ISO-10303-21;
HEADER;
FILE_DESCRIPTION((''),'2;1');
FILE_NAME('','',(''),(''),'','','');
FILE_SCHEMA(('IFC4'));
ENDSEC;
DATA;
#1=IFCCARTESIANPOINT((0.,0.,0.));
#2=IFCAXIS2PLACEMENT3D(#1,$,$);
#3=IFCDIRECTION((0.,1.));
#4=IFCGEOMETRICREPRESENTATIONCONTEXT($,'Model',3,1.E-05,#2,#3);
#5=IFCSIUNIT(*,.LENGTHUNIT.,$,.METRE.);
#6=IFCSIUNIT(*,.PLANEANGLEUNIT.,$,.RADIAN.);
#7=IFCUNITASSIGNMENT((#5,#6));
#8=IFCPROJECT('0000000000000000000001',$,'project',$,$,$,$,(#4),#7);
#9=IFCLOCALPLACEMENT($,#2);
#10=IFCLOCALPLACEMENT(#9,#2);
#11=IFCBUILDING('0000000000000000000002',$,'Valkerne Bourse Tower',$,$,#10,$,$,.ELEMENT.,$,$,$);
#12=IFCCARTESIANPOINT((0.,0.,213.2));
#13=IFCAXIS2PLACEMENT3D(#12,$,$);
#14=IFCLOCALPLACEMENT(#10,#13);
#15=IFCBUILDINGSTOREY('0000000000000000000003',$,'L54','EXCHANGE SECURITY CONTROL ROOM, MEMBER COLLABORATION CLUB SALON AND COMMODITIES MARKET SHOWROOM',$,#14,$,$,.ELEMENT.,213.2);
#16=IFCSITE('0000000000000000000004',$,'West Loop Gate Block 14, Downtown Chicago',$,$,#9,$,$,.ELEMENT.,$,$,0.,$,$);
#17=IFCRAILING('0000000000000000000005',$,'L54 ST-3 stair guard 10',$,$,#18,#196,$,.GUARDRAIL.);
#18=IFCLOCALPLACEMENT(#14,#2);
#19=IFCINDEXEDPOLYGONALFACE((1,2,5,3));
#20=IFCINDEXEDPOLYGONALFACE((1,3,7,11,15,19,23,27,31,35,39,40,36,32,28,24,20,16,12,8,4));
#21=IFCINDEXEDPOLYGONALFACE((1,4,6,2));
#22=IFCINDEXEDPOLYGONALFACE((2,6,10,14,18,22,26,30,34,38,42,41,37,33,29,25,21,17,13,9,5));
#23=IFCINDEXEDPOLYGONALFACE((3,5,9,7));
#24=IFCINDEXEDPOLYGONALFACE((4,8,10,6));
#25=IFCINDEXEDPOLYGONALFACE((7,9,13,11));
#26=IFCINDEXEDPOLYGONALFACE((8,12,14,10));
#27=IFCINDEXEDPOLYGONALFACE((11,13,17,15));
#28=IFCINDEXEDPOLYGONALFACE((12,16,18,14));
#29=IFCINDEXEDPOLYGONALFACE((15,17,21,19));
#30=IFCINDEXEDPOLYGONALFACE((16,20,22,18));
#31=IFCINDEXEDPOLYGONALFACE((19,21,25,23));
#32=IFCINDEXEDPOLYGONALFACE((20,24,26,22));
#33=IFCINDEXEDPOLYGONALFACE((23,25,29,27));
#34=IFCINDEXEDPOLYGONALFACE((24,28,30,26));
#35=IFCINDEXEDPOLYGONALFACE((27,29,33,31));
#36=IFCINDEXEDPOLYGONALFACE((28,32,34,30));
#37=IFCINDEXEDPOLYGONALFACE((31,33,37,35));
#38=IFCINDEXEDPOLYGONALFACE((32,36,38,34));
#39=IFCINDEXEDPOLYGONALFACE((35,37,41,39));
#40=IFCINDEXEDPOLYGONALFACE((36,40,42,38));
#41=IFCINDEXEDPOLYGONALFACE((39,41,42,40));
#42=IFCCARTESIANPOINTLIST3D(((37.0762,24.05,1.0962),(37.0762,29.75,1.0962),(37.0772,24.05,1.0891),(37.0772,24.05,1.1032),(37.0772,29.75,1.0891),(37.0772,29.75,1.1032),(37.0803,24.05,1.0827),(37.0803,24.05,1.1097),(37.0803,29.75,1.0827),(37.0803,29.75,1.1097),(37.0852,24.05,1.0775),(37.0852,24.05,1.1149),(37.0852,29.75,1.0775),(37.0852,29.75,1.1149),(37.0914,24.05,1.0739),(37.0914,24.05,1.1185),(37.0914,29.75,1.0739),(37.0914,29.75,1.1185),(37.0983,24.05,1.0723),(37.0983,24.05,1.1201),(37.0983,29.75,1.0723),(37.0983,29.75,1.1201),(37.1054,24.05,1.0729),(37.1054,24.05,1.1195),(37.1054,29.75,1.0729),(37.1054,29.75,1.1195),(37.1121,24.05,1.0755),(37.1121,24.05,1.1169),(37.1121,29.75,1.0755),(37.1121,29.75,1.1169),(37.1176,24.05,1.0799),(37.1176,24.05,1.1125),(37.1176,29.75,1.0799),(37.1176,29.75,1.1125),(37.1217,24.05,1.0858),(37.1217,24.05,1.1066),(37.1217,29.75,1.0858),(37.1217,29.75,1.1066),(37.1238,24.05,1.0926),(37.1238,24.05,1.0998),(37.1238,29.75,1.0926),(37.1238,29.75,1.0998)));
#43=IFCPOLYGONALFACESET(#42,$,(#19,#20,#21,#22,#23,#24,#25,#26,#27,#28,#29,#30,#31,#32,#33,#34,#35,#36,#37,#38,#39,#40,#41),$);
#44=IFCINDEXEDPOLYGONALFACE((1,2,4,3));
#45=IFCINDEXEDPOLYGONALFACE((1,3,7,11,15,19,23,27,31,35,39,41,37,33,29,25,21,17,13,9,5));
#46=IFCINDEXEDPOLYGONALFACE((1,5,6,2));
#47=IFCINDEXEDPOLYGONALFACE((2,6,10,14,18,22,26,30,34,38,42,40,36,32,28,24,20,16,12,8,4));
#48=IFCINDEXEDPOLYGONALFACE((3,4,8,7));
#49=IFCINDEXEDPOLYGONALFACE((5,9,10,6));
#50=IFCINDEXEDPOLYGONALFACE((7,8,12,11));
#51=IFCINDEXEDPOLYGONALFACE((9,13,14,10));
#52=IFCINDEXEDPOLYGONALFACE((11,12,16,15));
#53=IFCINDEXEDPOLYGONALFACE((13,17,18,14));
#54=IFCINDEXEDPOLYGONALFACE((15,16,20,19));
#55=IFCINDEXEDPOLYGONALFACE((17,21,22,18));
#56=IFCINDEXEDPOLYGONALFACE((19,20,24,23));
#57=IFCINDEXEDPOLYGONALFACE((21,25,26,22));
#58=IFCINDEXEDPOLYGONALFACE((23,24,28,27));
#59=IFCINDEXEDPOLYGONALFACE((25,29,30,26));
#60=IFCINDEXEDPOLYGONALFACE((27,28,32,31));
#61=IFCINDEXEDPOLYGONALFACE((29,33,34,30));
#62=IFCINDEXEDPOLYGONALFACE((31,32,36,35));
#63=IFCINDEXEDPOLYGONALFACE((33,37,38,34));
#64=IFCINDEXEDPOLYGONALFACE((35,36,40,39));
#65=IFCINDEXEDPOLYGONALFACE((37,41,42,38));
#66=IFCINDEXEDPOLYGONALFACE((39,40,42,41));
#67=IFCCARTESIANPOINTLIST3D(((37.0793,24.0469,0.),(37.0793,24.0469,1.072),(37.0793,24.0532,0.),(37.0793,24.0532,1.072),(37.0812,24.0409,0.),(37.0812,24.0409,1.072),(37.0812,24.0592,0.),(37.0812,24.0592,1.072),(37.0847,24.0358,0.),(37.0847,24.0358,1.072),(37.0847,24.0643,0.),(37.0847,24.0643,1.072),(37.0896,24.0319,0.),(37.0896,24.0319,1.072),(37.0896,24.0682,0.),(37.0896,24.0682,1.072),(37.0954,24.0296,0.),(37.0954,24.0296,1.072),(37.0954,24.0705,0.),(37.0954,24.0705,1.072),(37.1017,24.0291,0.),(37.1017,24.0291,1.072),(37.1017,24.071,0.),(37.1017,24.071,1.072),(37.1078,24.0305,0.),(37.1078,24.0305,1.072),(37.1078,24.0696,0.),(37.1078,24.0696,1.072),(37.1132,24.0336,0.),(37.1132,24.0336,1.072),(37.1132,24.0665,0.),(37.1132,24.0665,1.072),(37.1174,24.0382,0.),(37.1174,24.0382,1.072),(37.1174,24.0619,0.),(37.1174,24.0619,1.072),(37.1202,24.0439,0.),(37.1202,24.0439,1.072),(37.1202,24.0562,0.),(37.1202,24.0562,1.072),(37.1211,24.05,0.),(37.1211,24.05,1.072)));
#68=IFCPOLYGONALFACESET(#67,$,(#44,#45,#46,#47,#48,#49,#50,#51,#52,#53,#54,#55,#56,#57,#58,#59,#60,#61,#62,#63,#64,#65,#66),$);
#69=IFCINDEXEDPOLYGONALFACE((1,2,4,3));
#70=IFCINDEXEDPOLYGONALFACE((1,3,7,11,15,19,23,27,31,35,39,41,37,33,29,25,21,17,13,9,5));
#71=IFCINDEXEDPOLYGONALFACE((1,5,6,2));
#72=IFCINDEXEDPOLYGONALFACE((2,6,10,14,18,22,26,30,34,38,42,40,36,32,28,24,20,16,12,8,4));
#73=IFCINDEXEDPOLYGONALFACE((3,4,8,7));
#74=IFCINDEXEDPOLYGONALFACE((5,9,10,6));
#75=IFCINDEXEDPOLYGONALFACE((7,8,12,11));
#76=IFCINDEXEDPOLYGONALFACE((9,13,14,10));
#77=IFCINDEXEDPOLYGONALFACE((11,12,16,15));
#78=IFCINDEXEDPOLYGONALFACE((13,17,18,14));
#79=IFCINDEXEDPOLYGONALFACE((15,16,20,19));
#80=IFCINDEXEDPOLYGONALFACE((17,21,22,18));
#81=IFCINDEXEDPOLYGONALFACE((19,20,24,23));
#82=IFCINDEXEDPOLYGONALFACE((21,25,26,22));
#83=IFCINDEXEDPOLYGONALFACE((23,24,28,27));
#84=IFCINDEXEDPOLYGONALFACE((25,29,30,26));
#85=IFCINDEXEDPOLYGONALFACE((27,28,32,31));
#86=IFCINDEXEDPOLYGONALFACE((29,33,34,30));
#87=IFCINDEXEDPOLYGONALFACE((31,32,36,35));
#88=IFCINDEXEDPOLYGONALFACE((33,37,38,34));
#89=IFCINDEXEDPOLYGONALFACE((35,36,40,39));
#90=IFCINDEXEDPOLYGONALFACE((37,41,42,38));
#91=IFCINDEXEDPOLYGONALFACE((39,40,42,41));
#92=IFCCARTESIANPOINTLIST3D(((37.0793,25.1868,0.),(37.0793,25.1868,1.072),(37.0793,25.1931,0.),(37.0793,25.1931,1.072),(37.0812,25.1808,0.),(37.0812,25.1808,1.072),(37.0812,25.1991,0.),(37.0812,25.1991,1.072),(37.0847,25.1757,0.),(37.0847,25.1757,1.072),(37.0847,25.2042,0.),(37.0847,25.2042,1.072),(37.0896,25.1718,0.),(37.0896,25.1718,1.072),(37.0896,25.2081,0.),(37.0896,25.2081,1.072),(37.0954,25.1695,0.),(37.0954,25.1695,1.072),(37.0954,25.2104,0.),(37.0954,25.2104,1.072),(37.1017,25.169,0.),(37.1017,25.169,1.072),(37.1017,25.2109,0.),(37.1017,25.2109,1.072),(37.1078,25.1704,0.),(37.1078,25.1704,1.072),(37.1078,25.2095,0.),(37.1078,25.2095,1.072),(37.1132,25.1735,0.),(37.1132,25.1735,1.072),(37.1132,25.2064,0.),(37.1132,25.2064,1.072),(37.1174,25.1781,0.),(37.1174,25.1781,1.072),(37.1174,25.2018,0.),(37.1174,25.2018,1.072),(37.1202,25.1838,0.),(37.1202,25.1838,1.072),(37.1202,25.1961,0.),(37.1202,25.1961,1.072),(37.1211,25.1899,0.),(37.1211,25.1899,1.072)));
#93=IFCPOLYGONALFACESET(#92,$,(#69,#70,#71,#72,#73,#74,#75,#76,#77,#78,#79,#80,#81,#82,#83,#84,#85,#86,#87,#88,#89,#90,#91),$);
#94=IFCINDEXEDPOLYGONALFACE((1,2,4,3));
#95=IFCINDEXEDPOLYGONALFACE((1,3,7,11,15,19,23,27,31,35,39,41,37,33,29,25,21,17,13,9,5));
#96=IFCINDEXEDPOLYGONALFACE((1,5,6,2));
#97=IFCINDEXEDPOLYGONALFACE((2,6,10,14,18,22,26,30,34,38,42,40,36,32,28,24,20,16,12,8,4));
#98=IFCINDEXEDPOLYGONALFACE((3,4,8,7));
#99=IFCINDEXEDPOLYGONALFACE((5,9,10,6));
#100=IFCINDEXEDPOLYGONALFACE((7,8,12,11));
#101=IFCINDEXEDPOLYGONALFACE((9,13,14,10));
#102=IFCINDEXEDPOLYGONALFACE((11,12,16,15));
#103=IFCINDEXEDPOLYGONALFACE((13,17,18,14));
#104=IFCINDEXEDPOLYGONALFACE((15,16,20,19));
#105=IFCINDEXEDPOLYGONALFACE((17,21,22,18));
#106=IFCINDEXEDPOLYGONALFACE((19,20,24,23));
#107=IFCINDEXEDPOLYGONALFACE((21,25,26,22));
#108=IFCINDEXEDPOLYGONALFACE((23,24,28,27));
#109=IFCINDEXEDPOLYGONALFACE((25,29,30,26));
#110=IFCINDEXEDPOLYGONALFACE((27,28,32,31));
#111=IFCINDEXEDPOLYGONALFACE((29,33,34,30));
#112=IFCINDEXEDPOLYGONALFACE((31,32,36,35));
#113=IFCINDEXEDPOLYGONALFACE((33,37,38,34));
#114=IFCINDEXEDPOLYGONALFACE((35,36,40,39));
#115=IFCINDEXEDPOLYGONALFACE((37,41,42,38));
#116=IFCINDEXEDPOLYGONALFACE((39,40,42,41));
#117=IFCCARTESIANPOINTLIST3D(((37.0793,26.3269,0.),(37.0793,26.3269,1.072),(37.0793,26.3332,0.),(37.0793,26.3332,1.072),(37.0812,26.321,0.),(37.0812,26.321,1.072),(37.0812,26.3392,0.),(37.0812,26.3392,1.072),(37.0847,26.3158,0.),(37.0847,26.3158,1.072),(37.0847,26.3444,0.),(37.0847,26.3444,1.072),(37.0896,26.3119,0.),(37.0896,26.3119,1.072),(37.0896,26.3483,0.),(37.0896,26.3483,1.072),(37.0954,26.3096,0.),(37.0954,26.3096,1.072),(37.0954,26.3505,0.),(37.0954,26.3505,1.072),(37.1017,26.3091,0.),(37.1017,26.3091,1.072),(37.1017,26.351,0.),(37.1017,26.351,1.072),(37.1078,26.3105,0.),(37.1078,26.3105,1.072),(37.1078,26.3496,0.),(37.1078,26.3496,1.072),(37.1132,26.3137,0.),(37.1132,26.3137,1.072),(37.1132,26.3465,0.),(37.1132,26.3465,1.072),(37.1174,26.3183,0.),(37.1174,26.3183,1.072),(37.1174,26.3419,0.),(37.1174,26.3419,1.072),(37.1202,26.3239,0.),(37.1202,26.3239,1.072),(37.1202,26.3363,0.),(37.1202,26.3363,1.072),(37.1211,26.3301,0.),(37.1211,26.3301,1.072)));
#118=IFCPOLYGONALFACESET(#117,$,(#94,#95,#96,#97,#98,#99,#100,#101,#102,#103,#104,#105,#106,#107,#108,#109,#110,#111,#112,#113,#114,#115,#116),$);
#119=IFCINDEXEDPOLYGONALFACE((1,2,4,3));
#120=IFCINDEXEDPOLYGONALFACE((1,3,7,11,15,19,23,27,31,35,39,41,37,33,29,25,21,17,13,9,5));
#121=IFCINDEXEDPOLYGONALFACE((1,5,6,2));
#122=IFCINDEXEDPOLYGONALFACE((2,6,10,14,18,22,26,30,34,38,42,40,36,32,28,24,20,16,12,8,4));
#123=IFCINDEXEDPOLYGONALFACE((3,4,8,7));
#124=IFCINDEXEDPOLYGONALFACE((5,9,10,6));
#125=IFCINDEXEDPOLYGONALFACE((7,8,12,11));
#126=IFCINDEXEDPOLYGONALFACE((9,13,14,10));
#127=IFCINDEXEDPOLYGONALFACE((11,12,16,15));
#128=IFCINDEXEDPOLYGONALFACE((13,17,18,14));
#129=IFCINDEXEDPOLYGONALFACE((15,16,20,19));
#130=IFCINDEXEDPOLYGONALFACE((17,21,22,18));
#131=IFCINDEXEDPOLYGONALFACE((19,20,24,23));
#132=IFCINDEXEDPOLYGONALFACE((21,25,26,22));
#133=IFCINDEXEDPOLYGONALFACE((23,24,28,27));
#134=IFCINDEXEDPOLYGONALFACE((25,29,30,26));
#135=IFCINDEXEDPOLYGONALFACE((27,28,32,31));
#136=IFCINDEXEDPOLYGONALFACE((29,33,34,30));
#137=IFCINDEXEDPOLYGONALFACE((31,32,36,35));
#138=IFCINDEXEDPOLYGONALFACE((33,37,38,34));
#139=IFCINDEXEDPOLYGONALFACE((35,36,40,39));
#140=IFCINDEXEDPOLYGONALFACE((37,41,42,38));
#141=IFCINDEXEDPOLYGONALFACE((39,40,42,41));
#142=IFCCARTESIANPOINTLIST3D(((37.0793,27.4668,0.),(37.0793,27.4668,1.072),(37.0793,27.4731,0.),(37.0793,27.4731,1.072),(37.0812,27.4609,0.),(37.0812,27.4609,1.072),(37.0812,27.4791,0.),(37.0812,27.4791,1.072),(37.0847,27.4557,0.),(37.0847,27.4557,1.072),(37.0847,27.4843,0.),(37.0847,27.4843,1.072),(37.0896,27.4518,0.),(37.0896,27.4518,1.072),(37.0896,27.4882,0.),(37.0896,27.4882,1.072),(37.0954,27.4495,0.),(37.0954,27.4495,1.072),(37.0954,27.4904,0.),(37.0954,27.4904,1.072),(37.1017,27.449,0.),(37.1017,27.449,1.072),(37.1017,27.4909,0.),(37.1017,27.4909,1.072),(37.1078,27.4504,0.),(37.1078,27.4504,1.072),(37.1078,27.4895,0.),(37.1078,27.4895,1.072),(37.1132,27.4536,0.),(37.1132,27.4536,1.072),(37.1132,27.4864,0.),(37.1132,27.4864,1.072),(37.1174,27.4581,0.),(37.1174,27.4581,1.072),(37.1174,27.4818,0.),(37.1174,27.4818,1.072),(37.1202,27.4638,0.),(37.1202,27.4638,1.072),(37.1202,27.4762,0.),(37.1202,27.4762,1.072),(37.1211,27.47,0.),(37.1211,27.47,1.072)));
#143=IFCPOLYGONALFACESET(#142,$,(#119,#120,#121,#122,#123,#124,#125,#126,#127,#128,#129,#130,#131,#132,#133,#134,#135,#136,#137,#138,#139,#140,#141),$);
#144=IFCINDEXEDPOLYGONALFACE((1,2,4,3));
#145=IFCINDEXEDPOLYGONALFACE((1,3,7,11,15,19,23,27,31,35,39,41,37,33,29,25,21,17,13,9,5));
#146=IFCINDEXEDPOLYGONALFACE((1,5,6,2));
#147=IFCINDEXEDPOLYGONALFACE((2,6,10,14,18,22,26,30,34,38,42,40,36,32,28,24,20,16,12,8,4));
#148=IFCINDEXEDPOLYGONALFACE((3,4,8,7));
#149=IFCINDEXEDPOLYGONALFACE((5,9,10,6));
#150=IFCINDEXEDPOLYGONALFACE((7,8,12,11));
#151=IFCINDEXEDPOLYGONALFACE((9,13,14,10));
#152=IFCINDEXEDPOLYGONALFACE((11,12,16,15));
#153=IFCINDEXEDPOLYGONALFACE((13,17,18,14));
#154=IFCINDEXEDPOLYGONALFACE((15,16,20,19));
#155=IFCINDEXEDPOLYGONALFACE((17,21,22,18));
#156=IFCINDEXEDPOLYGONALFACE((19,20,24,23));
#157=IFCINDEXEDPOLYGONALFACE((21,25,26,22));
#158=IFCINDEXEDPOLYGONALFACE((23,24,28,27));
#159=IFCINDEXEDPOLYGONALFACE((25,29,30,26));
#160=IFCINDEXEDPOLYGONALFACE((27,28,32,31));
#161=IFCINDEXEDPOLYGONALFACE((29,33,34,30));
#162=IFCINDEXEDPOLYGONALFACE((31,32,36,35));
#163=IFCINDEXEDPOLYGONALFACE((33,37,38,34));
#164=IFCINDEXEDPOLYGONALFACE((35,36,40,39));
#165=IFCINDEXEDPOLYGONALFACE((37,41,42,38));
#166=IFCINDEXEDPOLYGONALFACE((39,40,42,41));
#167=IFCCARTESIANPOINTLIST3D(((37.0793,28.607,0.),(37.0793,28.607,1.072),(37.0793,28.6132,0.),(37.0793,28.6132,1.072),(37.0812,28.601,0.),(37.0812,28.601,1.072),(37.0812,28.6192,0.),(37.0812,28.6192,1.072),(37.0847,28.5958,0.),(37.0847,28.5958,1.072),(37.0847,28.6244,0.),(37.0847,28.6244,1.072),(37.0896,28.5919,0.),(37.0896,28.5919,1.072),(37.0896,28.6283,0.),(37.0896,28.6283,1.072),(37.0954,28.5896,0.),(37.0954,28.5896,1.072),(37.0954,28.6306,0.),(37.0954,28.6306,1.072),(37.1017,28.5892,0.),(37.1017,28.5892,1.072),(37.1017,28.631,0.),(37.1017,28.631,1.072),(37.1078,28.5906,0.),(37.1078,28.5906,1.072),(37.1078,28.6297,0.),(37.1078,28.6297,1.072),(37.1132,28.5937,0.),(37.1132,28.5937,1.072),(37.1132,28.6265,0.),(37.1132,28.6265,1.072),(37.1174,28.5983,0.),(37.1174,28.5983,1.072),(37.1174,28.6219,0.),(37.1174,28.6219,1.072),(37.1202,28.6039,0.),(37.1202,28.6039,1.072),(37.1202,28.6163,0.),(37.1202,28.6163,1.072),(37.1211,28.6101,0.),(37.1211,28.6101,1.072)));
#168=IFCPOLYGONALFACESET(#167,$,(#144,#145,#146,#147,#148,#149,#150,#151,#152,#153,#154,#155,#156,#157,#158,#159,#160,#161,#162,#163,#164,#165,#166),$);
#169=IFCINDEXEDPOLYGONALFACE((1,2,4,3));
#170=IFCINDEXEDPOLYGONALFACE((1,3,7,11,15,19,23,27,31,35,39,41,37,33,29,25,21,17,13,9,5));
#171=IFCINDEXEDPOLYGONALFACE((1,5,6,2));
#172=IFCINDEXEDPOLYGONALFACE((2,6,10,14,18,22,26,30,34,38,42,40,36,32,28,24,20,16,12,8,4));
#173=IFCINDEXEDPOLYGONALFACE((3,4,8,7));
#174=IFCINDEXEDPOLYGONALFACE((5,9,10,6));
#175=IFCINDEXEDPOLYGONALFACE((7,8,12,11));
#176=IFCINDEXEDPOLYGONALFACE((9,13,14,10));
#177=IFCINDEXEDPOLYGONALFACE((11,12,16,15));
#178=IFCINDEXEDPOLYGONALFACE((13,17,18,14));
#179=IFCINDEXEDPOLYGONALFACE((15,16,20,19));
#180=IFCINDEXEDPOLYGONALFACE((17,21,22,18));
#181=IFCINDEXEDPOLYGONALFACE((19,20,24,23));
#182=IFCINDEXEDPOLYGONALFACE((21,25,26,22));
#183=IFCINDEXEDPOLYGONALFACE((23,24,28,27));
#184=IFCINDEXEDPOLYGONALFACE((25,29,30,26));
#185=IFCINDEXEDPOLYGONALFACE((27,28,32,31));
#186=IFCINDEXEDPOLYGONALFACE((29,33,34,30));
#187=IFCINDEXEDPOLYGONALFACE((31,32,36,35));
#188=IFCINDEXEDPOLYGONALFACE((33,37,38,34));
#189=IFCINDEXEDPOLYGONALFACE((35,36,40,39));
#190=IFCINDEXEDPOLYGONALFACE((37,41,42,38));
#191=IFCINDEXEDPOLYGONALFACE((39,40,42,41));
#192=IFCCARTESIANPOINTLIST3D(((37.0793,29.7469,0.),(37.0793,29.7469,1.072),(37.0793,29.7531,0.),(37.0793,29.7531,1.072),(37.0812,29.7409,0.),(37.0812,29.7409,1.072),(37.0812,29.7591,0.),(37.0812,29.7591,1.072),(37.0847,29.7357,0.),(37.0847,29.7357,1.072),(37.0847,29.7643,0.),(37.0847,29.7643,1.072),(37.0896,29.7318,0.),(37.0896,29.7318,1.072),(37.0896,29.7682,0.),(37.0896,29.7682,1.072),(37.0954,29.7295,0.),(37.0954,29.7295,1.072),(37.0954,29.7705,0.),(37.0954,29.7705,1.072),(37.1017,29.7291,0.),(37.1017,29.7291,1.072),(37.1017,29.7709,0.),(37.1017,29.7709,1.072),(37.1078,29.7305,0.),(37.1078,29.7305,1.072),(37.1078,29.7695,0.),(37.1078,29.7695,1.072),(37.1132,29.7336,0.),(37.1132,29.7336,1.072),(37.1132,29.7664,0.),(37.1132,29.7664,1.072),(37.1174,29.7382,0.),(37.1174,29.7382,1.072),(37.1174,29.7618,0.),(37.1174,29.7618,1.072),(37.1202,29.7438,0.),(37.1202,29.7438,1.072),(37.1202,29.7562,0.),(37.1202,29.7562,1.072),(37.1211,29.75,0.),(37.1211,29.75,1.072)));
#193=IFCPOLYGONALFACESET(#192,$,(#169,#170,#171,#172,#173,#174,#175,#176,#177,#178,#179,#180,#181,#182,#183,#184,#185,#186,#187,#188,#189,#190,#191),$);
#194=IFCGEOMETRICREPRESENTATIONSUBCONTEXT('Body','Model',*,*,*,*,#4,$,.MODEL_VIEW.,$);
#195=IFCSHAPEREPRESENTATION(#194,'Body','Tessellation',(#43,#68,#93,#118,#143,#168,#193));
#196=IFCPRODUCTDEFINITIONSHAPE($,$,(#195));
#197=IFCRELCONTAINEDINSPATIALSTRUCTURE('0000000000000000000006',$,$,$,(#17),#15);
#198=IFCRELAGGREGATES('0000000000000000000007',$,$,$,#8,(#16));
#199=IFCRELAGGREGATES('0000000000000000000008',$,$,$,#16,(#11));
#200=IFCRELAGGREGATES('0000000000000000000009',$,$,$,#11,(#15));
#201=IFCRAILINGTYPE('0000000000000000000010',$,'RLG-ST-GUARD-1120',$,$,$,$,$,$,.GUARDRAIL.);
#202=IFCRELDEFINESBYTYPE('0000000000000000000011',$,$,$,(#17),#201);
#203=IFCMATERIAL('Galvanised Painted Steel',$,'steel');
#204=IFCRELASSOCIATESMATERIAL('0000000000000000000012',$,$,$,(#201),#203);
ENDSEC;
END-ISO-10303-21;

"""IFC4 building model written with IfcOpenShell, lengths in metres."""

from ifc_helpers import new_model, si_unit, direction, frame, origin, origin_2d, place, context, subcontext, project, spatial, circle, extrude, material, type_object, element, save


model = new_model("IFC4")

# Units and contexts
model_context = context("Model", 3, precision=1e-05, world=origin(), true_north=direction((0.0, 1.0)))
body_context = subcontext(model_context, "Body", "Model", "MODEL_VIEW")
ifc_project = project(units=[si_unit("LENGTHUNIT", "METRE"), si_unit("PLANEANGLEUNIT", "RADIAN")], contexts=[model_context])

# Site, building, storey
site_placement = place(None, origin())
site = spatial("IfcSite", under=ifc_project, at=site_placement, Name="West Loop Gate Block 14, Downtown Chicago", CompositionType="ELEMENT", RefElevation=0.0)
building_placement = place(site_placement, origin())
building = spatial("IfcBuilding", under=site, at=building_placement, Name="Valkerne Bourse Tower", CompositionType="ELEMENT")
storey_placement = place(building_placement, frame((0.0, 0.0, 213.2)))
storey = spatial("IfcBuildingStorey", under=building, at=storey_placement, Name="L54", Description="EXCHANGE SECURITY CONTROL ROOM, MEMBER COLLABORATION CLUB SALON AND COMMODITIES MARKET SHOWROOM", CompositionType="ELEMENT", Elevation=213.2)

# Railing
ifc_material_1 = material(Name="Galvanised Painted Steel", Category="steel")
railing_type_1 = type_object("IfcRailingType", Name="RLG-ST-GUARD-1120", PredefinedType="GUARDRAIL", material=ifc_material_1)
railing_1_placement = place(storey_placement, frame((37.1001, 24.05, 0.0)))
element("IfcRailing", 1, at=railing_1_placement, inside=storey, type_object=railing_type_1, Name="L54 ST-3 stair guard 10", PredefinedType="GUARDRAIL", context=body_context, shape_type="SweptSolid", body=[
    extrude(circle(Radius=0.0239, at=origin_2d()), frame((0.0, 0.0, 1.0962), z_axis=(0.0, 1.0, 0.0), x_axis=(-1.0, 0.0, 0.0)), (0.0, 0.0, 1.0), 5.7),
    extrude(circle(Radius=0.021, at=origin_2d()), origin(), (0.0, 0.0, 1.0), 1.072),
    extrude(circle(Radius=0.021, at=origin_2d()), frame((0.0, 1.1399, 0.0)), (0.0, 0.0, 1.0), 1.072),
    extrude(circle(Radius=0.021, at=origin_2d()), frame((0.0, 2.28, 0.0)), (0.0, 0.0, 1.0), 1.072),
    extrude(circle(Radius=0.021, at=origin_2d()), frame((0.0, 3.4199, 0.0)), (0.0, 0.0, 1.0), 1.072),
    extrude(circle(Radius=0.021, at=origin_2d()), frame((0.0, 4.5601, 0.0)), (0.0, 0.0, 1.0), 1.072),
    extrude(circle(Radius=0.021, at=origin_2d()), frame((0.0, 5.7, 0.0)), (0.0, 0.0, 1.0), 1.072),
])

save(model, "model.ifc")
